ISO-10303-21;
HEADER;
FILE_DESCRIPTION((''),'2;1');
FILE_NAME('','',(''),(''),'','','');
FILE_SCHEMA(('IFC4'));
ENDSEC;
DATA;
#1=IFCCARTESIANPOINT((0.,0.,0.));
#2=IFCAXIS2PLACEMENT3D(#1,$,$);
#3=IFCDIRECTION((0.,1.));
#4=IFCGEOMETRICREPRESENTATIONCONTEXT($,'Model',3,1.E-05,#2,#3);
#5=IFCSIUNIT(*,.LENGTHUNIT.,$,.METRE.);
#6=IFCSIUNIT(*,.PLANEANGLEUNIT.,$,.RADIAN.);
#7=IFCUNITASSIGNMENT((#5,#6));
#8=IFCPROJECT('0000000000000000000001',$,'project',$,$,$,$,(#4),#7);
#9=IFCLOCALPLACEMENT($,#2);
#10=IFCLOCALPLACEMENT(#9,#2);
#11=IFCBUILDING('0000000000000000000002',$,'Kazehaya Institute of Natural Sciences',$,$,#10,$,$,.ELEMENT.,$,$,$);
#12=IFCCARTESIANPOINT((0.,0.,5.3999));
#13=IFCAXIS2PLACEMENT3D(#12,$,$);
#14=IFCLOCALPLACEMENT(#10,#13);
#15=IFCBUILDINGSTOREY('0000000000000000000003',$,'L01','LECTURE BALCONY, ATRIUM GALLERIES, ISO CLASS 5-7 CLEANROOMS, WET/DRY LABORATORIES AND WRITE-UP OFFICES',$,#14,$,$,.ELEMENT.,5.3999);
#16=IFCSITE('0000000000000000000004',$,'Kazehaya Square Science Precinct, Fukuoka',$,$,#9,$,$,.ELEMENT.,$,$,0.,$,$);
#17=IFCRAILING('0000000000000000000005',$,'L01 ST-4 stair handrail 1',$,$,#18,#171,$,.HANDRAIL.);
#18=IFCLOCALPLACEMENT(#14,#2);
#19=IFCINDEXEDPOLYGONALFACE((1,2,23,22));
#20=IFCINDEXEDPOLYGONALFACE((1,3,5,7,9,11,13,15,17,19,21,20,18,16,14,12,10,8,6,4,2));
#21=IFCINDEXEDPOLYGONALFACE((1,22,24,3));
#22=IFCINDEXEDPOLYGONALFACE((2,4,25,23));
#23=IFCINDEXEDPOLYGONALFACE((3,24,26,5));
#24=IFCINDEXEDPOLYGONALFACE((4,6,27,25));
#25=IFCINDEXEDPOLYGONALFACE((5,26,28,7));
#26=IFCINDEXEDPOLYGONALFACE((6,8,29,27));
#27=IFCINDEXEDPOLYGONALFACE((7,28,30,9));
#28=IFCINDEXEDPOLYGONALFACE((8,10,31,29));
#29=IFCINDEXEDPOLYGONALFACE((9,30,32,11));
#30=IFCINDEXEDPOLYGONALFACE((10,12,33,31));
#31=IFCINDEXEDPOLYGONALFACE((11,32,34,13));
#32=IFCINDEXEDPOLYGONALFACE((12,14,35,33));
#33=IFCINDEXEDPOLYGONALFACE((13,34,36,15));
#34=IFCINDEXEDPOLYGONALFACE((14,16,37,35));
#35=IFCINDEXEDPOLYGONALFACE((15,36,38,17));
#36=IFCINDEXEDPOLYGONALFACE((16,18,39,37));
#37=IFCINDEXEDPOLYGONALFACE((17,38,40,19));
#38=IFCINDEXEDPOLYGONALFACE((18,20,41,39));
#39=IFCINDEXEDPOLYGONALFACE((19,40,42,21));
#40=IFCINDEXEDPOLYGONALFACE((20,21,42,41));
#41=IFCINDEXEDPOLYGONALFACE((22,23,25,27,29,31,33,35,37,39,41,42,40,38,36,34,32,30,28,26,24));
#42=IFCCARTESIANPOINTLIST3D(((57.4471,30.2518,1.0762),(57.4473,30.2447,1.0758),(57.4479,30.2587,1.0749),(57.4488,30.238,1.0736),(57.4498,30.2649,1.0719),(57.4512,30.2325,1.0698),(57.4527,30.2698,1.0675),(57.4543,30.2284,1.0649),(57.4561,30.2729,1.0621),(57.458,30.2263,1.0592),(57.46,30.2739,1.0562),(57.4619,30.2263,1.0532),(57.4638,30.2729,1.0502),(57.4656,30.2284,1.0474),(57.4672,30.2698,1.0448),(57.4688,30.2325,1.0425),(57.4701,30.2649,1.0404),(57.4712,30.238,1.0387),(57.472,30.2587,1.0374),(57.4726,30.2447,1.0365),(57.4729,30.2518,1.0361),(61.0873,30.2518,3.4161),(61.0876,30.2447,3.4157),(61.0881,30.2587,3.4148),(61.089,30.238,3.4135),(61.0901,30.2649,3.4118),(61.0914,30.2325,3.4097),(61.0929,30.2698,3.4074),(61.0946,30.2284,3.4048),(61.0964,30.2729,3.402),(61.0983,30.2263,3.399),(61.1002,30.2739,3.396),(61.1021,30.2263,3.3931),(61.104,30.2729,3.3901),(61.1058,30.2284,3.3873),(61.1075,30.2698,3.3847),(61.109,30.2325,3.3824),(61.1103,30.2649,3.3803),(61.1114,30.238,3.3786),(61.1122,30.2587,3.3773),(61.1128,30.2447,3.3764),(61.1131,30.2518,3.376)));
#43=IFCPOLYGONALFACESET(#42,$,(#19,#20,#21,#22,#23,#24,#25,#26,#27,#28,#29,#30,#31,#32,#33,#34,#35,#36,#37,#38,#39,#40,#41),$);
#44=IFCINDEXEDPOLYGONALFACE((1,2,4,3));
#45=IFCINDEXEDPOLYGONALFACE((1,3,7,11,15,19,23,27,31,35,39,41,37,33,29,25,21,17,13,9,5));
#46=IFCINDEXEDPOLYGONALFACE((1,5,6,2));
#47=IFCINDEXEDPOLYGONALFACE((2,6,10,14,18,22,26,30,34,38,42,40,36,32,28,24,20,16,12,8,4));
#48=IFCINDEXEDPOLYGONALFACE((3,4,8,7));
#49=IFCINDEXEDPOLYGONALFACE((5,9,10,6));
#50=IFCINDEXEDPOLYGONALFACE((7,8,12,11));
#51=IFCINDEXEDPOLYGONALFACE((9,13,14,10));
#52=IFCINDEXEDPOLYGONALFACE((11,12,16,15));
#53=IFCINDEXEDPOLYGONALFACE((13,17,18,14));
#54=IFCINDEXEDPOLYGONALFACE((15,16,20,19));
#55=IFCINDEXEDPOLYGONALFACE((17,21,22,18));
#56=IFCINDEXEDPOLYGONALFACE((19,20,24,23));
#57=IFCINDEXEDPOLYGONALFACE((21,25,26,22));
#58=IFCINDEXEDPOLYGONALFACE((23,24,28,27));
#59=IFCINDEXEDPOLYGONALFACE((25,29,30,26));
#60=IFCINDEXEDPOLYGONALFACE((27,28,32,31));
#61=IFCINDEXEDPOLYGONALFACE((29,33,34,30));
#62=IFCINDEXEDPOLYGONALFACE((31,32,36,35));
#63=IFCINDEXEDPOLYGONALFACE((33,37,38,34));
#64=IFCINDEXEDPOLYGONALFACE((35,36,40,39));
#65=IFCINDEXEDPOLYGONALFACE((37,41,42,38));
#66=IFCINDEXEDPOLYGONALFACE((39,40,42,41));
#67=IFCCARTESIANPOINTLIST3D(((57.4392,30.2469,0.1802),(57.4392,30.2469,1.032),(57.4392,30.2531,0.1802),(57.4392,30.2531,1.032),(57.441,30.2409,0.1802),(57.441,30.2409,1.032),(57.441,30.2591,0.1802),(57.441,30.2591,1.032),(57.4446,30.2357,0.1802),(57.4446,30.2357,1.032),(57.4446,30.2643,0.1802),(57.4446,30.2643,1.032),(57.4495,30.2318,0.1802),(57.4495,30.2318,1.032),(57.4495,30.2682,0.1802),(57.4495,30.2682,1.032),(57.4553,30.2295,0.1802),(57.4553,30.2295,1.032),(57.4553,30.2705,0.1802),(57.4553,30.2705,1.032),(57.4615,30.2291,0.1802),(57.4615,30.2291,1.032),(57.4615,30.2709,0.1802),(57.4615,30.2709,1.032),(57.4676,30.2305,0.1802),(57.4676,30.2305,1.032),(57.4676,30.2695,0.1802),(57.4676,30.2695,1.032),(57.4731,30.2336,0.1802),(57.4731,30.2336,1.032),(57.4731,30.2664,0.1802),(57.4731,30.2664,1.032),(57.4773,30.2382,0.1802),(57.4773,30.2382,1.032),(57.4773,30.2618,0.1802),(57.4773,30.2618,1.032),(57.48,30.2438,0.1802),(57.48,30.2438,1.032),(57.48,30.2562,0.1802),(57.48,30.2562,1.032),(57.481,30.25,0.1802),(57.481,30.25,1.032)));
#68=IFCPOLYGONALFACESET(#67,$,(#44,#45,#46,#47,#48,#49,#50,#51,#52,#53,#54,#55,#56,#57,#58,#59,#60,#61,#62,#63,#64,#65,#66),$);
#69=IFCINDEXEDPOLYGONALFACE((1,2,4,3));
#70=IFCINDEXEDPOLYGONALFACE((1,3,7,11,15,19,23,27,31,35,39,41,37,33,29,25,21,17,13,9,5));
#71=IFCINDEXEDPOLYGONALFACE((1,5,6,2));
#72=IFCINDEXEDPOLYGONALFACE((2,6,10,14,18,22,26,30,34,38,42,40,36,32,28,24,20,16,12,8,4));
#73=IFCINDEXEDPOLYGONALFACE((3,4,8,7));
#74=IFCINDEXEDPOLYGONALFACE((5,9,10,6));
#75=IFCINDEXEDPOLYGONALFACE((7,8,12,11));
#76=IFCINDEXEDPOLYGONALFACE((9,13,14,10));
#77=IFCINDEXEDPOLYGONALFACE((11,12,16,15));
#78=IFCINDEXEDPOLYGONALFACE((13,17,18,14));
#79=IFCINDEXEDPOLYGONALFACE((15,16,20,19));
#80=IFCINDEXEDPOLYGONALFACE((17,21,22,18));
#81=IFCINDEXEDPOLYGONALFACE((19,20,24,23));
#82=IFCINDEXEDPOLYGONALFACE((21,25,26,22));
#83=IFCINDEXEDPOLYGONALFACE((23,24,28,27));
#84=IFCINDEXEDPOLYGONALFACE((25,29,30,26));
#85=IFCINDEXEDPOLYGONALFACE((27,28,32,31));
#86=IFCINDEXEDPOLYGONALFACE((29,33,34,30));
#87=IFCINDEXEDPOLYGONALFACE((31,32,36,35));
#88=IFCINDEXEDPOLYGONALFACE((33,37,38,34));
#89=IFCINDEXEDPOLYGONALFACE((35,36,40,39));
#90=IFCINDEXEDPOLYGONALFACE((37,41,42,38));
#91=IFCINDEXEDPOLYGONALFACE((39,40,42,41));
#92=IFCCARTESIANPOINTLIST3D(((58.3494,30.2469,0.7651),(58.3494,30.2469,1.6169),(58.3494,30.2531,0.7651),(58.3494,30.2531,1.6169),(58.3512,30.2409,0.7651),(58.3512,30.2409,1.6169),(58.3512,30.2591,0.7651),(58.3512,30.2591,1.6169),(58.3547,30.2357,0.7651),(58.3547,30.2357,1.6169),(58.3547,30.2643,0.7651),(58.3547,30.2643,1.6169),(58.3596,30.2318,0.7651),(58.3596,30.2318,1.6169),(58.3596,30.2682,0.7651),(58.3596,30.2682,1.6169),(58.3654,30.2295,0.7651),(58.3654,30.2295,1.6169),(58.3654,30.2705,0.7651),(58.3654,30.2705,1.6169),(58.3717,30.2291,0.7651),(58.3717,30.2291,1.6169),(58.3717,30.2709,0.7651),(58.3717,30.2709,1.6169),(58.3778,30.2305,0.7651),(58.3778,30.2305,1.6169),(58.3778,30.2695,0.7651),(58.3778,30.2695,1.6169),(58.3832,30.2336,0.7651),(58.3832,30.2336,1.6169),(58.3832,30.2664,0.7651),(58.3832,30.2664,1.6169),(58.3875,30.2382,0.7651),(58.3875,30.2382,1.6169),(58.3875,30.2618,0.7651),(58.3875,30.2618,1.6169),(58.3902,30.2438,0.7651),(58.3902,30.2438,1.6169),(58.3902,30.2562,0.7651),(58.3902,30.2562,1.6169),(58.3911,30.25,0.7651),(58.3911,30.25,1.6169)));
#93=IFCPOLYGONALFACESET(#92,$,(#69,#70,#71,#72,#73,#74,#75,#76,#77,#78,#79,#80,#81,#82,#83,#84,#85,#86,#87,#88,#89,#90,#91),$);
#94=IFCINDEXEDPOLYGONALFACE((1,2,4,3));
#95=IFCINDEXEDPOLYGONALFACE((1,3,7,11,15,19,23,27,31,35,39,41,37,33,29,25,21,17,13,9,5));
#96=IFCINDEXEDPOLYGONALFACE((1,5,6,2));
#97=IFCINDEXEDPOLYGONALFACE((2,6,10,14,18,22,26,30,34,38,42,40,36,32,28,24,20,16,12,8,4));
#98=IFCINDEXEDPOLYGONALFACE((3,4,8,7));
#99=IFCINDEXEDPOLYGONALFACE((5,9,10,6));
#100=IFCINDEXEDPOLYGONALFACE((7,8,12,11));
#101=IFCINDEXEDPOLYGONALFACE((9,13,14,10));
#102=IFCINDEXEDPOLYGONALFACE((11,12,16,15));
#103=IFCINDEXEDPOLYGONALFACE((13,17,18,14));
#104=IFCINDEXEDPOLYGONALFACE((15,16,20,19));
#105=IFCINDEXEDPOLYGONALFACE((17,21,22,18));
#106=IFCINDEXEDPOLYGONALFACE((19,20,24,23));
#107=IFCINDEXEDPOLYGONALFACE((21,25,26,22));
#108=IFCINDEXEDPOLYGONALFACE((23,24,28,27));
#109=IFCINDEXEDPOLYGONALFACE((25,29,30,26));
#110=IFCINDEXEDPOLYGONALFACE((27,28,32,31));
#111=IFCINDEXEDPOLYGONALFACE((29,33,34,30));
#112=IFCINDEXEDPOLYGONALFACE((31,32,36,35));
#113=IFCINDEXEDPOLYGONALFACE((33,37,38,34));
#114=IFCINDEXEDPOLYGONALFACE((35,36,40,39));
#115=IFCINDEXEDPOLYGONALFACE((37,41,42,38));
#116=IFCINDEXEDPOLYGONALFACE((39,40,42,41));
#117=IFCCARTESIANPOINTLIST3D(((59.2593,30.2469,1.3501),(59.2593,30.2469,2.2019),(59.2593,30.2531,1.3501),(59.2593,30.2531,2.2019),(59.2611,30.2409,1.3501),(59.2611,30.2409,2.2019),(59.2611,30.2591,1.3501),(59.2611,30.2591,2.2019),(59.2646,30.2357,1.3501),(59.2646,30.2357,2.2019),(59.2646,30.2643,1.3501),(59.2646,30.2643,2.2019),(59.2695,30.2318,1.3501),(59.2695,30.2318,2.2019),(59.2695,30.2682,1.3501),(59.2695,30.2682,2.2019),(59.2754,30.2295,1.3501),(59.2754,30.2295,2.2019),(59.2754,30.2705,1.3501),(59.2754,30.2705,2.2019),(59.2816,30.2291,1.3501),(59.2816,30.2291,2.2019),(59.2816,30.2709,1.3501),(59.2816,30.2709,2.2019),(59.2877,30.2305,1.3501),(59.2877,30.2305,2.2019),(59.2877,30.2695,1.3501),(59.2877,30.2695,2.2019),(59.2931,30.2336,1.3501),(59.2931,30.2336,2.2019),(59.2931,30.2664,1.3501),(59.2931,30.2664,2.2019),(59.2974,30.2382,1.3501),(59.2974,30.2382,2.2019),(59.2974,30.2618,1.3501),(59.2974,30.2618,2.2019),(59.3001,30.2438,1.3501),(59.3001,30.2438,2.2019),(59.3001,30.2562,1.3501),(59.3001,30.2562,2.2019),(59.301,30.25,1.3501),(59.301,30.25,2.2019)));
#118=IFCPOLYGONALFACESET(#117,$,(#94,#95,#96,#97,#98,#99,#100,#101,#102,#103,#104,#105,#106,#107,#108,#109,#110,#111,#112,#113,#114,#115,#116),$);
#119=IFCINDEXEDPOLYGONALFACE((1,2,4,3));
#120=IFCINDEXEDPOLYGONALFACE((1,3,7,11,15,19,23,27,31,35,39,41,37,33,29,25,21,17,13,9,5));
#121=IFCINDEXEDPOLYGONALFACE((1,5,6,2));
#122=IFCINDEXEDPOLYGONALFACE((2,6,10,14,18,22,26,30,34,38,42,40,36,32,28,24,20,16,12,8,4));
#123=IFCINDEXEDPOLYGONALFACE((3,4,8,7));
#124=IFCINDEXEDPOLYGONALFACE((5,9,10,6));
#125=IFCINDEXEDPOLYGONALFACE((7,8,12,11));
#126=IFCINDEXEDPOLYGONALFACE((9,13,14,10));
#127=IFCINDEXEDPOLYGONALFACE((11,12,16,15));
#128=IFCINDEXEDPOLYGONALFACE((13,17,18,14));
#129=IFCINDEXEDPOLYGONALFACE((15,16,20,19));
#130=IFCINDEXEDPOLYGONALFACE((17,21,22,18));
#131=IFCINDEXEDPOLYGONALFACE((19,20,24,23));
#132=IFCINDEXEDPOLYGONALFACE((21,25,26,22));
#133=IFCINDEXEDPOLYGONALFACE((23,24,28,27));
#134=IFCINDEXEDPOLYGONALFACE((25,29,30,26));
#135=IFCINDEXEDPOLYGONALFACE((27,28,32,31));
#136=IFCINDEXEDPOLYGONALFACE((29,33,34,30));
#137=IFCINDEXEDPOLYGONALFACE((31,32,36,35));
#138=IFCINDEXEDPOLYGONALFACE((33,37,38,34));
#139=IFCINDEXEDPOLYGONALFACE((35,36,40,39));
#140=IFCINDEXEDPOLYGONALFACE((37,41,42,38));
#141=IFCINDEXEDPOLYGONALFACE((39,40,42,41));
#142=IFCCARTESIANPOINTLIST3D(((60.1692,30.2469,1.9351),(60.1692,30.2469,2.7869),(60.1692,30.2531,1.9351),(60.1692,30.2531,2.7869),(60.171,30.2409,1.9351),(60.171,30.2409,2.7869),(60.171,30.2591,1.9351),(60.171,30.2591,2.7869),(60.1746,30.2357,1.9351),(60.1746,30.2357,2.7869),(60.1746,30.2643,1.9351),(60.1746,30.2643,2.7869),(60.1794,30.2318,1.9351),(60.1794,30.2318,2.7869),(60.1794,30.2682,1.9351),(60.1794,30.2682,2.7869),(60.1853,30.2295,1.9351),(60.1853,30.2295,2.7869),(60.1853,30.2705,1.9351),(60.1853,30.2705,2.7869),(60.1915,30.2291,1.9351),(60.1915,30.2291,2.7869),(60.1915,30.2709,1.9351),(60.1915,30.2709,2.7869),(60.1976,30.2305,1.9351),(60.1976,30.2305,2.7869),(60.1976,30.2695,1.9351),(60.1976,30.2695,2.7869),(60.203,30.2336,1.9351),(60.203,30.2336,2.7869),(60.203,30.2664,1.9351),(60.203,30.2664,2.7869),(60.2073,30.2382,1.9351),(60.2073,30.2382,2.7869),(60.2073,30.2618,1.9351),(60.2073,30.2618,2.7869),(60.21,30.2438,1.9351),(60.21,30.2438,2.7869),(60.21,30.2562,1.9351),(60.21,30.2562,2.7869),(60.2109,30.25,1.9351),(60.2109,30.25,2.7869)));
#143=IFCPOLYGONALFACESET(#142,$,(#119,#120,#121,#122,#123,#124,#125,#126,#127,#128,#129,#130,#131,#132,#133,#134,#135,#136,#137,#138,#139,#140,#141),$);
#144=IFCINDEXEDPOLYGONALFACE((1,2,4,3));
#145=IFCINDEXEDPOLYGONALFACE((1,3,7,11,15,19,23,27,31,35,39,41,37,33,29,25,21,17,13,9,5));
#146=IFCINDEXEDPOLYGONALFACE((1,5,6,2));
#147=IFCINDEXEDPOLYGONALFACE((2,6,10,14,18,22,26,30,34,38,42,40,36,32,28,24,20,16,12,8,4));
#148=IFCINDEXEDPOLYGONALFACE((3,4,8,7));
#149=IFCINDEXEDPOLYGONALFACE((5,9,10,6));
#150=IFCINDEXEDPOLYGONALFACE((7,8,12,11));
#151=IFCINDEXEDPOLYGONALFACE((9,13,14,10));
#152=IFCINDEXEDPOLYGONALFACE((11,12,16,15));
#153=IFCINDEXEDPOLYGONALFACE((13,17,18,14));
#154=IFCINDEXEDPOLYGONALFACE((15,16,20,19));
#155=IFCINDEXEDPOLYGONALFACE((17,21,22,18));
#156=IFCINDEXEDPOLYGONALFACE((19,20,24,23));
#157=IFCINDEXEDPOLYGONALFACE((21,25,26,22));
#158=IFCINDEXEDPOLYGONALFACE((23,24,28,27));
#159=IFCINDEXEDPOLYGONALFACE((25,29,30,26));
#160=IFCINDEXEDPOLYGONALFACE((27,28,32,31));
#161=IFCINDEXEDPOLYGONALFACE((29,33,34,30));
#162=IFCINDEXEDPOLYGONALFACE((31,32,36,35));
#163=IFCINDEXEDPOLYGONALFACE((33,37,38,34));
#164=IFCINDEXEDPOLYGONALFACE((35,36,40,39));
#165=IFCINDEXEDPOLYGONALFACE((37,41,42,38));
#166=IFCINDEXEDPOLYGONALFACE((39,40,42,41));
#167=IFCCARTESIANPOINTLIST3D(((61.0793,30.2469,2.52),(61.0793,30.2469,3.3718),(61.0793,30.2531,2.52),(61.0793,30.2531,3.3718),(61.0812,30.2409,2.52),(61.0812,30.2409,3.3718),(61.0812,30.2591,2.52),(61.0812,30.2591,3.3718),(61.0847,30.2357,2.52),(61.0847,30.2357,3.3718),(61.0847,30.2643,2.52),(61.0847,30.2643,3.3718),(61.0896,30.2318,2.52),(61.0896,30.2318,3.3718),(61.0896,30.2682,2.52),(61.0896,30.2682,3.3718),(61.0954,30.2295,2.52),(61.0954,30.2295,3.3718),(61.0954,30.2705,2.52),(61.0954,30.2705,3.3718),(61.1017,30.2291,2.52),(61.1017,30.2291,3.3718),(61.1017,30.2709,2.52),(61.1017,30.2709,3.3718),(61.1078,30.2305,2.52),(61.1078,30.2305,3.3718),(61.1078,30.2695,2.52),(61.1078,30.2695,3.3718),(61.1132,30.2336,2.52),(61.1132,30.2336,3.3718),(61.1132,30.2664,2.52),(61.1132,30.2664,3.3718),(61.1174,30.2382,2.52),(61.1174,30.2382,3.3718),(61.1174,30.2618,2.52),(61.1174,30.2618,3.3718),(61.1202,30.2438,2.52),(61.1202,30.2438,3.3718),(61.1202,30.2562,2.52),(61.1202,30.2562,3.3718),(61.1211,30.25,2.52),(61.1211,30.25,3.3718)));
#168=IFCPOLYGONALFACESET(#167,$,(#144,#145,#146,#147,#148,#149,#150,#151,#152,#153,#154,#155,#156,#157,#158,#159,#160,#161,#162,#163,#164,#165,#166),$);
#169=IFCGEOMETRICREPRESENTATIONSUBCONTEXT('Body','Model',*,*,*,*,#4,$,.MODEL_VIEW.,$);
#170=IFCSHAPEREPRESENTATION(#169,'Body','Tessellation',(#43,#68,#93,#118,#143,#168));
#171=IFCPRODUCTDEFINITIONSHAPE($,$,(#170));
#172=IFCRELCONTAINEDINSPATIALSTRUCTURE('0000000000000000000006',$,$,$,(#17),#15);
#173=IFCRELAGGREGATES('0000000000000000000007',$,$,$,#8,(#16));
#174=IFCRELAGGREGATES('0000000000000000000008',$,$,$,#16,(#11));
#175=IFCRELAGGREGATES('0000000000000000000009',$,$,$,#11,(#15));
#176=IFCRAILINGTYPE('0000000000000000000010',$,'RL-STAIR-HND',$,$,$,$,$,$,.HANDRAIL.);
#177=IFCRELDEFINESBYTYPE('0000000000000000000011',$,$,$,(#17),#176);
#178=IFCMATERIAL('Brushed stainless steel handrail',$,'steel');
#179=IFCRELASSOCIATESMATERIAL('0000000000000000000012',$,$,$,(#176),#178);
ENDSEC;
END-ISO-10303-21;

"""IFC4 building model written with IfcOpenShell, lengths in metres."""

from ifc_helpers import new_model, si_unit, direction, frame, origin, origin_2d, place, context, subcontext, project, spatial, circle, extrude, material, type_object, element, save


model = new_model("IFC4")

# Units and contexts
model_context = context("Model", 3, precision=1e-05, world=origin(), true_north=direction((0.0, 1.0)))
body_context = subcontext(model_context, "Body", "Model", "MODEL_VIEW")
ifc_project = project(units=[si_unit("LENGTHUNIT", "METRE"), si_unit("PLANEANGLEUNIT", "RADIAN")], contexts=[model_context])

# Site, building, storey
site_placement = place(None, origin())
site = spatial("IfcSite", under=ifc_project, at=site_placement, Name="Kazehaya Square Science Precinct, Fukuoka", CompositionType="ELEMENT", RefElevation=0.0)
building_placement = place(site_placement, origin())
building = spatial("IfcBuilding", under=site, at=building_placement, Name="Kazehaya Institute of Natural Sciences", CompositionType="ELEMENT")
storey_placement = place(building_placement, frame((0.0, 0.0, 5.3999)))
storey = spatial("IfcBuildingStorey", under=building, at=storey_placement, Name="L01", Description="LECTURE BALCONY, ATRIUM GALLERIES, ISO CLASS 5-7 CLEANROOMS, WET/DRY LABORATORIES AND WRITE-UP OFFICES", CompositionType="ELEMENT", Elevation=5.3999)

# Railing
ifc_material_1 = material(Name="Brushed stainless steel handrail", Category="steel")
railing_type_1 = type_object("IfcRailingType", Name="RL-STAIR-HND", PredefinedType="HANDRAIL", material=ifc_material_1)
railing_1_placement = place(storey_placement, frame((57.46, 30.25, 0.1802)))
element("IfcRailing", 1, at=railing_1_placement, inside=storey, type_object=railing_type_1, Name="L01 ST-4 stair handrail 1", PredefinedType="HANDRAIL", context=body_context, shape_type="SweptSolid", body=[
    extrude(circle(Radius=0.0239, at=origin_2d()), frame((0.0, 0.0, 0.876), z_axis=(0.841204, 0.0, 0.540718), x_axis=(0.0, 1.0, 0.0)), (0.0, 0.0, 1.0), 4.3274),
    extrude(circle(Radius=0.021, at=origin_2d()), origin(), (0.0, 0.0, 1.0), 0.8518),
    extrude(circle(Radius=0.021, at=origin_2d()), frame((0.9102, 0.0, 0.585)), (0.0, 0.0, 1.0), 0.8518),
    extrude(circle(Radius=0.021, at=origin_2d()), frame((1.8201, 0.0, 1.1699)), (0.0, 0.0, 1.0), 0.8518),
    extrude(circle(Radius=0.021, at=origin_2d()), frame((2.73, 0.0, 1.7549)), (0.0, 0.0, 1.0), 0.8518),
    extrude(circle(Radius=0.021, at=origin_2d()), frame((3.6401, 0.0, 2.3398)), (0.0, 0.0, 1.0), 0.8518),
])

save(model, "model.ifc")
